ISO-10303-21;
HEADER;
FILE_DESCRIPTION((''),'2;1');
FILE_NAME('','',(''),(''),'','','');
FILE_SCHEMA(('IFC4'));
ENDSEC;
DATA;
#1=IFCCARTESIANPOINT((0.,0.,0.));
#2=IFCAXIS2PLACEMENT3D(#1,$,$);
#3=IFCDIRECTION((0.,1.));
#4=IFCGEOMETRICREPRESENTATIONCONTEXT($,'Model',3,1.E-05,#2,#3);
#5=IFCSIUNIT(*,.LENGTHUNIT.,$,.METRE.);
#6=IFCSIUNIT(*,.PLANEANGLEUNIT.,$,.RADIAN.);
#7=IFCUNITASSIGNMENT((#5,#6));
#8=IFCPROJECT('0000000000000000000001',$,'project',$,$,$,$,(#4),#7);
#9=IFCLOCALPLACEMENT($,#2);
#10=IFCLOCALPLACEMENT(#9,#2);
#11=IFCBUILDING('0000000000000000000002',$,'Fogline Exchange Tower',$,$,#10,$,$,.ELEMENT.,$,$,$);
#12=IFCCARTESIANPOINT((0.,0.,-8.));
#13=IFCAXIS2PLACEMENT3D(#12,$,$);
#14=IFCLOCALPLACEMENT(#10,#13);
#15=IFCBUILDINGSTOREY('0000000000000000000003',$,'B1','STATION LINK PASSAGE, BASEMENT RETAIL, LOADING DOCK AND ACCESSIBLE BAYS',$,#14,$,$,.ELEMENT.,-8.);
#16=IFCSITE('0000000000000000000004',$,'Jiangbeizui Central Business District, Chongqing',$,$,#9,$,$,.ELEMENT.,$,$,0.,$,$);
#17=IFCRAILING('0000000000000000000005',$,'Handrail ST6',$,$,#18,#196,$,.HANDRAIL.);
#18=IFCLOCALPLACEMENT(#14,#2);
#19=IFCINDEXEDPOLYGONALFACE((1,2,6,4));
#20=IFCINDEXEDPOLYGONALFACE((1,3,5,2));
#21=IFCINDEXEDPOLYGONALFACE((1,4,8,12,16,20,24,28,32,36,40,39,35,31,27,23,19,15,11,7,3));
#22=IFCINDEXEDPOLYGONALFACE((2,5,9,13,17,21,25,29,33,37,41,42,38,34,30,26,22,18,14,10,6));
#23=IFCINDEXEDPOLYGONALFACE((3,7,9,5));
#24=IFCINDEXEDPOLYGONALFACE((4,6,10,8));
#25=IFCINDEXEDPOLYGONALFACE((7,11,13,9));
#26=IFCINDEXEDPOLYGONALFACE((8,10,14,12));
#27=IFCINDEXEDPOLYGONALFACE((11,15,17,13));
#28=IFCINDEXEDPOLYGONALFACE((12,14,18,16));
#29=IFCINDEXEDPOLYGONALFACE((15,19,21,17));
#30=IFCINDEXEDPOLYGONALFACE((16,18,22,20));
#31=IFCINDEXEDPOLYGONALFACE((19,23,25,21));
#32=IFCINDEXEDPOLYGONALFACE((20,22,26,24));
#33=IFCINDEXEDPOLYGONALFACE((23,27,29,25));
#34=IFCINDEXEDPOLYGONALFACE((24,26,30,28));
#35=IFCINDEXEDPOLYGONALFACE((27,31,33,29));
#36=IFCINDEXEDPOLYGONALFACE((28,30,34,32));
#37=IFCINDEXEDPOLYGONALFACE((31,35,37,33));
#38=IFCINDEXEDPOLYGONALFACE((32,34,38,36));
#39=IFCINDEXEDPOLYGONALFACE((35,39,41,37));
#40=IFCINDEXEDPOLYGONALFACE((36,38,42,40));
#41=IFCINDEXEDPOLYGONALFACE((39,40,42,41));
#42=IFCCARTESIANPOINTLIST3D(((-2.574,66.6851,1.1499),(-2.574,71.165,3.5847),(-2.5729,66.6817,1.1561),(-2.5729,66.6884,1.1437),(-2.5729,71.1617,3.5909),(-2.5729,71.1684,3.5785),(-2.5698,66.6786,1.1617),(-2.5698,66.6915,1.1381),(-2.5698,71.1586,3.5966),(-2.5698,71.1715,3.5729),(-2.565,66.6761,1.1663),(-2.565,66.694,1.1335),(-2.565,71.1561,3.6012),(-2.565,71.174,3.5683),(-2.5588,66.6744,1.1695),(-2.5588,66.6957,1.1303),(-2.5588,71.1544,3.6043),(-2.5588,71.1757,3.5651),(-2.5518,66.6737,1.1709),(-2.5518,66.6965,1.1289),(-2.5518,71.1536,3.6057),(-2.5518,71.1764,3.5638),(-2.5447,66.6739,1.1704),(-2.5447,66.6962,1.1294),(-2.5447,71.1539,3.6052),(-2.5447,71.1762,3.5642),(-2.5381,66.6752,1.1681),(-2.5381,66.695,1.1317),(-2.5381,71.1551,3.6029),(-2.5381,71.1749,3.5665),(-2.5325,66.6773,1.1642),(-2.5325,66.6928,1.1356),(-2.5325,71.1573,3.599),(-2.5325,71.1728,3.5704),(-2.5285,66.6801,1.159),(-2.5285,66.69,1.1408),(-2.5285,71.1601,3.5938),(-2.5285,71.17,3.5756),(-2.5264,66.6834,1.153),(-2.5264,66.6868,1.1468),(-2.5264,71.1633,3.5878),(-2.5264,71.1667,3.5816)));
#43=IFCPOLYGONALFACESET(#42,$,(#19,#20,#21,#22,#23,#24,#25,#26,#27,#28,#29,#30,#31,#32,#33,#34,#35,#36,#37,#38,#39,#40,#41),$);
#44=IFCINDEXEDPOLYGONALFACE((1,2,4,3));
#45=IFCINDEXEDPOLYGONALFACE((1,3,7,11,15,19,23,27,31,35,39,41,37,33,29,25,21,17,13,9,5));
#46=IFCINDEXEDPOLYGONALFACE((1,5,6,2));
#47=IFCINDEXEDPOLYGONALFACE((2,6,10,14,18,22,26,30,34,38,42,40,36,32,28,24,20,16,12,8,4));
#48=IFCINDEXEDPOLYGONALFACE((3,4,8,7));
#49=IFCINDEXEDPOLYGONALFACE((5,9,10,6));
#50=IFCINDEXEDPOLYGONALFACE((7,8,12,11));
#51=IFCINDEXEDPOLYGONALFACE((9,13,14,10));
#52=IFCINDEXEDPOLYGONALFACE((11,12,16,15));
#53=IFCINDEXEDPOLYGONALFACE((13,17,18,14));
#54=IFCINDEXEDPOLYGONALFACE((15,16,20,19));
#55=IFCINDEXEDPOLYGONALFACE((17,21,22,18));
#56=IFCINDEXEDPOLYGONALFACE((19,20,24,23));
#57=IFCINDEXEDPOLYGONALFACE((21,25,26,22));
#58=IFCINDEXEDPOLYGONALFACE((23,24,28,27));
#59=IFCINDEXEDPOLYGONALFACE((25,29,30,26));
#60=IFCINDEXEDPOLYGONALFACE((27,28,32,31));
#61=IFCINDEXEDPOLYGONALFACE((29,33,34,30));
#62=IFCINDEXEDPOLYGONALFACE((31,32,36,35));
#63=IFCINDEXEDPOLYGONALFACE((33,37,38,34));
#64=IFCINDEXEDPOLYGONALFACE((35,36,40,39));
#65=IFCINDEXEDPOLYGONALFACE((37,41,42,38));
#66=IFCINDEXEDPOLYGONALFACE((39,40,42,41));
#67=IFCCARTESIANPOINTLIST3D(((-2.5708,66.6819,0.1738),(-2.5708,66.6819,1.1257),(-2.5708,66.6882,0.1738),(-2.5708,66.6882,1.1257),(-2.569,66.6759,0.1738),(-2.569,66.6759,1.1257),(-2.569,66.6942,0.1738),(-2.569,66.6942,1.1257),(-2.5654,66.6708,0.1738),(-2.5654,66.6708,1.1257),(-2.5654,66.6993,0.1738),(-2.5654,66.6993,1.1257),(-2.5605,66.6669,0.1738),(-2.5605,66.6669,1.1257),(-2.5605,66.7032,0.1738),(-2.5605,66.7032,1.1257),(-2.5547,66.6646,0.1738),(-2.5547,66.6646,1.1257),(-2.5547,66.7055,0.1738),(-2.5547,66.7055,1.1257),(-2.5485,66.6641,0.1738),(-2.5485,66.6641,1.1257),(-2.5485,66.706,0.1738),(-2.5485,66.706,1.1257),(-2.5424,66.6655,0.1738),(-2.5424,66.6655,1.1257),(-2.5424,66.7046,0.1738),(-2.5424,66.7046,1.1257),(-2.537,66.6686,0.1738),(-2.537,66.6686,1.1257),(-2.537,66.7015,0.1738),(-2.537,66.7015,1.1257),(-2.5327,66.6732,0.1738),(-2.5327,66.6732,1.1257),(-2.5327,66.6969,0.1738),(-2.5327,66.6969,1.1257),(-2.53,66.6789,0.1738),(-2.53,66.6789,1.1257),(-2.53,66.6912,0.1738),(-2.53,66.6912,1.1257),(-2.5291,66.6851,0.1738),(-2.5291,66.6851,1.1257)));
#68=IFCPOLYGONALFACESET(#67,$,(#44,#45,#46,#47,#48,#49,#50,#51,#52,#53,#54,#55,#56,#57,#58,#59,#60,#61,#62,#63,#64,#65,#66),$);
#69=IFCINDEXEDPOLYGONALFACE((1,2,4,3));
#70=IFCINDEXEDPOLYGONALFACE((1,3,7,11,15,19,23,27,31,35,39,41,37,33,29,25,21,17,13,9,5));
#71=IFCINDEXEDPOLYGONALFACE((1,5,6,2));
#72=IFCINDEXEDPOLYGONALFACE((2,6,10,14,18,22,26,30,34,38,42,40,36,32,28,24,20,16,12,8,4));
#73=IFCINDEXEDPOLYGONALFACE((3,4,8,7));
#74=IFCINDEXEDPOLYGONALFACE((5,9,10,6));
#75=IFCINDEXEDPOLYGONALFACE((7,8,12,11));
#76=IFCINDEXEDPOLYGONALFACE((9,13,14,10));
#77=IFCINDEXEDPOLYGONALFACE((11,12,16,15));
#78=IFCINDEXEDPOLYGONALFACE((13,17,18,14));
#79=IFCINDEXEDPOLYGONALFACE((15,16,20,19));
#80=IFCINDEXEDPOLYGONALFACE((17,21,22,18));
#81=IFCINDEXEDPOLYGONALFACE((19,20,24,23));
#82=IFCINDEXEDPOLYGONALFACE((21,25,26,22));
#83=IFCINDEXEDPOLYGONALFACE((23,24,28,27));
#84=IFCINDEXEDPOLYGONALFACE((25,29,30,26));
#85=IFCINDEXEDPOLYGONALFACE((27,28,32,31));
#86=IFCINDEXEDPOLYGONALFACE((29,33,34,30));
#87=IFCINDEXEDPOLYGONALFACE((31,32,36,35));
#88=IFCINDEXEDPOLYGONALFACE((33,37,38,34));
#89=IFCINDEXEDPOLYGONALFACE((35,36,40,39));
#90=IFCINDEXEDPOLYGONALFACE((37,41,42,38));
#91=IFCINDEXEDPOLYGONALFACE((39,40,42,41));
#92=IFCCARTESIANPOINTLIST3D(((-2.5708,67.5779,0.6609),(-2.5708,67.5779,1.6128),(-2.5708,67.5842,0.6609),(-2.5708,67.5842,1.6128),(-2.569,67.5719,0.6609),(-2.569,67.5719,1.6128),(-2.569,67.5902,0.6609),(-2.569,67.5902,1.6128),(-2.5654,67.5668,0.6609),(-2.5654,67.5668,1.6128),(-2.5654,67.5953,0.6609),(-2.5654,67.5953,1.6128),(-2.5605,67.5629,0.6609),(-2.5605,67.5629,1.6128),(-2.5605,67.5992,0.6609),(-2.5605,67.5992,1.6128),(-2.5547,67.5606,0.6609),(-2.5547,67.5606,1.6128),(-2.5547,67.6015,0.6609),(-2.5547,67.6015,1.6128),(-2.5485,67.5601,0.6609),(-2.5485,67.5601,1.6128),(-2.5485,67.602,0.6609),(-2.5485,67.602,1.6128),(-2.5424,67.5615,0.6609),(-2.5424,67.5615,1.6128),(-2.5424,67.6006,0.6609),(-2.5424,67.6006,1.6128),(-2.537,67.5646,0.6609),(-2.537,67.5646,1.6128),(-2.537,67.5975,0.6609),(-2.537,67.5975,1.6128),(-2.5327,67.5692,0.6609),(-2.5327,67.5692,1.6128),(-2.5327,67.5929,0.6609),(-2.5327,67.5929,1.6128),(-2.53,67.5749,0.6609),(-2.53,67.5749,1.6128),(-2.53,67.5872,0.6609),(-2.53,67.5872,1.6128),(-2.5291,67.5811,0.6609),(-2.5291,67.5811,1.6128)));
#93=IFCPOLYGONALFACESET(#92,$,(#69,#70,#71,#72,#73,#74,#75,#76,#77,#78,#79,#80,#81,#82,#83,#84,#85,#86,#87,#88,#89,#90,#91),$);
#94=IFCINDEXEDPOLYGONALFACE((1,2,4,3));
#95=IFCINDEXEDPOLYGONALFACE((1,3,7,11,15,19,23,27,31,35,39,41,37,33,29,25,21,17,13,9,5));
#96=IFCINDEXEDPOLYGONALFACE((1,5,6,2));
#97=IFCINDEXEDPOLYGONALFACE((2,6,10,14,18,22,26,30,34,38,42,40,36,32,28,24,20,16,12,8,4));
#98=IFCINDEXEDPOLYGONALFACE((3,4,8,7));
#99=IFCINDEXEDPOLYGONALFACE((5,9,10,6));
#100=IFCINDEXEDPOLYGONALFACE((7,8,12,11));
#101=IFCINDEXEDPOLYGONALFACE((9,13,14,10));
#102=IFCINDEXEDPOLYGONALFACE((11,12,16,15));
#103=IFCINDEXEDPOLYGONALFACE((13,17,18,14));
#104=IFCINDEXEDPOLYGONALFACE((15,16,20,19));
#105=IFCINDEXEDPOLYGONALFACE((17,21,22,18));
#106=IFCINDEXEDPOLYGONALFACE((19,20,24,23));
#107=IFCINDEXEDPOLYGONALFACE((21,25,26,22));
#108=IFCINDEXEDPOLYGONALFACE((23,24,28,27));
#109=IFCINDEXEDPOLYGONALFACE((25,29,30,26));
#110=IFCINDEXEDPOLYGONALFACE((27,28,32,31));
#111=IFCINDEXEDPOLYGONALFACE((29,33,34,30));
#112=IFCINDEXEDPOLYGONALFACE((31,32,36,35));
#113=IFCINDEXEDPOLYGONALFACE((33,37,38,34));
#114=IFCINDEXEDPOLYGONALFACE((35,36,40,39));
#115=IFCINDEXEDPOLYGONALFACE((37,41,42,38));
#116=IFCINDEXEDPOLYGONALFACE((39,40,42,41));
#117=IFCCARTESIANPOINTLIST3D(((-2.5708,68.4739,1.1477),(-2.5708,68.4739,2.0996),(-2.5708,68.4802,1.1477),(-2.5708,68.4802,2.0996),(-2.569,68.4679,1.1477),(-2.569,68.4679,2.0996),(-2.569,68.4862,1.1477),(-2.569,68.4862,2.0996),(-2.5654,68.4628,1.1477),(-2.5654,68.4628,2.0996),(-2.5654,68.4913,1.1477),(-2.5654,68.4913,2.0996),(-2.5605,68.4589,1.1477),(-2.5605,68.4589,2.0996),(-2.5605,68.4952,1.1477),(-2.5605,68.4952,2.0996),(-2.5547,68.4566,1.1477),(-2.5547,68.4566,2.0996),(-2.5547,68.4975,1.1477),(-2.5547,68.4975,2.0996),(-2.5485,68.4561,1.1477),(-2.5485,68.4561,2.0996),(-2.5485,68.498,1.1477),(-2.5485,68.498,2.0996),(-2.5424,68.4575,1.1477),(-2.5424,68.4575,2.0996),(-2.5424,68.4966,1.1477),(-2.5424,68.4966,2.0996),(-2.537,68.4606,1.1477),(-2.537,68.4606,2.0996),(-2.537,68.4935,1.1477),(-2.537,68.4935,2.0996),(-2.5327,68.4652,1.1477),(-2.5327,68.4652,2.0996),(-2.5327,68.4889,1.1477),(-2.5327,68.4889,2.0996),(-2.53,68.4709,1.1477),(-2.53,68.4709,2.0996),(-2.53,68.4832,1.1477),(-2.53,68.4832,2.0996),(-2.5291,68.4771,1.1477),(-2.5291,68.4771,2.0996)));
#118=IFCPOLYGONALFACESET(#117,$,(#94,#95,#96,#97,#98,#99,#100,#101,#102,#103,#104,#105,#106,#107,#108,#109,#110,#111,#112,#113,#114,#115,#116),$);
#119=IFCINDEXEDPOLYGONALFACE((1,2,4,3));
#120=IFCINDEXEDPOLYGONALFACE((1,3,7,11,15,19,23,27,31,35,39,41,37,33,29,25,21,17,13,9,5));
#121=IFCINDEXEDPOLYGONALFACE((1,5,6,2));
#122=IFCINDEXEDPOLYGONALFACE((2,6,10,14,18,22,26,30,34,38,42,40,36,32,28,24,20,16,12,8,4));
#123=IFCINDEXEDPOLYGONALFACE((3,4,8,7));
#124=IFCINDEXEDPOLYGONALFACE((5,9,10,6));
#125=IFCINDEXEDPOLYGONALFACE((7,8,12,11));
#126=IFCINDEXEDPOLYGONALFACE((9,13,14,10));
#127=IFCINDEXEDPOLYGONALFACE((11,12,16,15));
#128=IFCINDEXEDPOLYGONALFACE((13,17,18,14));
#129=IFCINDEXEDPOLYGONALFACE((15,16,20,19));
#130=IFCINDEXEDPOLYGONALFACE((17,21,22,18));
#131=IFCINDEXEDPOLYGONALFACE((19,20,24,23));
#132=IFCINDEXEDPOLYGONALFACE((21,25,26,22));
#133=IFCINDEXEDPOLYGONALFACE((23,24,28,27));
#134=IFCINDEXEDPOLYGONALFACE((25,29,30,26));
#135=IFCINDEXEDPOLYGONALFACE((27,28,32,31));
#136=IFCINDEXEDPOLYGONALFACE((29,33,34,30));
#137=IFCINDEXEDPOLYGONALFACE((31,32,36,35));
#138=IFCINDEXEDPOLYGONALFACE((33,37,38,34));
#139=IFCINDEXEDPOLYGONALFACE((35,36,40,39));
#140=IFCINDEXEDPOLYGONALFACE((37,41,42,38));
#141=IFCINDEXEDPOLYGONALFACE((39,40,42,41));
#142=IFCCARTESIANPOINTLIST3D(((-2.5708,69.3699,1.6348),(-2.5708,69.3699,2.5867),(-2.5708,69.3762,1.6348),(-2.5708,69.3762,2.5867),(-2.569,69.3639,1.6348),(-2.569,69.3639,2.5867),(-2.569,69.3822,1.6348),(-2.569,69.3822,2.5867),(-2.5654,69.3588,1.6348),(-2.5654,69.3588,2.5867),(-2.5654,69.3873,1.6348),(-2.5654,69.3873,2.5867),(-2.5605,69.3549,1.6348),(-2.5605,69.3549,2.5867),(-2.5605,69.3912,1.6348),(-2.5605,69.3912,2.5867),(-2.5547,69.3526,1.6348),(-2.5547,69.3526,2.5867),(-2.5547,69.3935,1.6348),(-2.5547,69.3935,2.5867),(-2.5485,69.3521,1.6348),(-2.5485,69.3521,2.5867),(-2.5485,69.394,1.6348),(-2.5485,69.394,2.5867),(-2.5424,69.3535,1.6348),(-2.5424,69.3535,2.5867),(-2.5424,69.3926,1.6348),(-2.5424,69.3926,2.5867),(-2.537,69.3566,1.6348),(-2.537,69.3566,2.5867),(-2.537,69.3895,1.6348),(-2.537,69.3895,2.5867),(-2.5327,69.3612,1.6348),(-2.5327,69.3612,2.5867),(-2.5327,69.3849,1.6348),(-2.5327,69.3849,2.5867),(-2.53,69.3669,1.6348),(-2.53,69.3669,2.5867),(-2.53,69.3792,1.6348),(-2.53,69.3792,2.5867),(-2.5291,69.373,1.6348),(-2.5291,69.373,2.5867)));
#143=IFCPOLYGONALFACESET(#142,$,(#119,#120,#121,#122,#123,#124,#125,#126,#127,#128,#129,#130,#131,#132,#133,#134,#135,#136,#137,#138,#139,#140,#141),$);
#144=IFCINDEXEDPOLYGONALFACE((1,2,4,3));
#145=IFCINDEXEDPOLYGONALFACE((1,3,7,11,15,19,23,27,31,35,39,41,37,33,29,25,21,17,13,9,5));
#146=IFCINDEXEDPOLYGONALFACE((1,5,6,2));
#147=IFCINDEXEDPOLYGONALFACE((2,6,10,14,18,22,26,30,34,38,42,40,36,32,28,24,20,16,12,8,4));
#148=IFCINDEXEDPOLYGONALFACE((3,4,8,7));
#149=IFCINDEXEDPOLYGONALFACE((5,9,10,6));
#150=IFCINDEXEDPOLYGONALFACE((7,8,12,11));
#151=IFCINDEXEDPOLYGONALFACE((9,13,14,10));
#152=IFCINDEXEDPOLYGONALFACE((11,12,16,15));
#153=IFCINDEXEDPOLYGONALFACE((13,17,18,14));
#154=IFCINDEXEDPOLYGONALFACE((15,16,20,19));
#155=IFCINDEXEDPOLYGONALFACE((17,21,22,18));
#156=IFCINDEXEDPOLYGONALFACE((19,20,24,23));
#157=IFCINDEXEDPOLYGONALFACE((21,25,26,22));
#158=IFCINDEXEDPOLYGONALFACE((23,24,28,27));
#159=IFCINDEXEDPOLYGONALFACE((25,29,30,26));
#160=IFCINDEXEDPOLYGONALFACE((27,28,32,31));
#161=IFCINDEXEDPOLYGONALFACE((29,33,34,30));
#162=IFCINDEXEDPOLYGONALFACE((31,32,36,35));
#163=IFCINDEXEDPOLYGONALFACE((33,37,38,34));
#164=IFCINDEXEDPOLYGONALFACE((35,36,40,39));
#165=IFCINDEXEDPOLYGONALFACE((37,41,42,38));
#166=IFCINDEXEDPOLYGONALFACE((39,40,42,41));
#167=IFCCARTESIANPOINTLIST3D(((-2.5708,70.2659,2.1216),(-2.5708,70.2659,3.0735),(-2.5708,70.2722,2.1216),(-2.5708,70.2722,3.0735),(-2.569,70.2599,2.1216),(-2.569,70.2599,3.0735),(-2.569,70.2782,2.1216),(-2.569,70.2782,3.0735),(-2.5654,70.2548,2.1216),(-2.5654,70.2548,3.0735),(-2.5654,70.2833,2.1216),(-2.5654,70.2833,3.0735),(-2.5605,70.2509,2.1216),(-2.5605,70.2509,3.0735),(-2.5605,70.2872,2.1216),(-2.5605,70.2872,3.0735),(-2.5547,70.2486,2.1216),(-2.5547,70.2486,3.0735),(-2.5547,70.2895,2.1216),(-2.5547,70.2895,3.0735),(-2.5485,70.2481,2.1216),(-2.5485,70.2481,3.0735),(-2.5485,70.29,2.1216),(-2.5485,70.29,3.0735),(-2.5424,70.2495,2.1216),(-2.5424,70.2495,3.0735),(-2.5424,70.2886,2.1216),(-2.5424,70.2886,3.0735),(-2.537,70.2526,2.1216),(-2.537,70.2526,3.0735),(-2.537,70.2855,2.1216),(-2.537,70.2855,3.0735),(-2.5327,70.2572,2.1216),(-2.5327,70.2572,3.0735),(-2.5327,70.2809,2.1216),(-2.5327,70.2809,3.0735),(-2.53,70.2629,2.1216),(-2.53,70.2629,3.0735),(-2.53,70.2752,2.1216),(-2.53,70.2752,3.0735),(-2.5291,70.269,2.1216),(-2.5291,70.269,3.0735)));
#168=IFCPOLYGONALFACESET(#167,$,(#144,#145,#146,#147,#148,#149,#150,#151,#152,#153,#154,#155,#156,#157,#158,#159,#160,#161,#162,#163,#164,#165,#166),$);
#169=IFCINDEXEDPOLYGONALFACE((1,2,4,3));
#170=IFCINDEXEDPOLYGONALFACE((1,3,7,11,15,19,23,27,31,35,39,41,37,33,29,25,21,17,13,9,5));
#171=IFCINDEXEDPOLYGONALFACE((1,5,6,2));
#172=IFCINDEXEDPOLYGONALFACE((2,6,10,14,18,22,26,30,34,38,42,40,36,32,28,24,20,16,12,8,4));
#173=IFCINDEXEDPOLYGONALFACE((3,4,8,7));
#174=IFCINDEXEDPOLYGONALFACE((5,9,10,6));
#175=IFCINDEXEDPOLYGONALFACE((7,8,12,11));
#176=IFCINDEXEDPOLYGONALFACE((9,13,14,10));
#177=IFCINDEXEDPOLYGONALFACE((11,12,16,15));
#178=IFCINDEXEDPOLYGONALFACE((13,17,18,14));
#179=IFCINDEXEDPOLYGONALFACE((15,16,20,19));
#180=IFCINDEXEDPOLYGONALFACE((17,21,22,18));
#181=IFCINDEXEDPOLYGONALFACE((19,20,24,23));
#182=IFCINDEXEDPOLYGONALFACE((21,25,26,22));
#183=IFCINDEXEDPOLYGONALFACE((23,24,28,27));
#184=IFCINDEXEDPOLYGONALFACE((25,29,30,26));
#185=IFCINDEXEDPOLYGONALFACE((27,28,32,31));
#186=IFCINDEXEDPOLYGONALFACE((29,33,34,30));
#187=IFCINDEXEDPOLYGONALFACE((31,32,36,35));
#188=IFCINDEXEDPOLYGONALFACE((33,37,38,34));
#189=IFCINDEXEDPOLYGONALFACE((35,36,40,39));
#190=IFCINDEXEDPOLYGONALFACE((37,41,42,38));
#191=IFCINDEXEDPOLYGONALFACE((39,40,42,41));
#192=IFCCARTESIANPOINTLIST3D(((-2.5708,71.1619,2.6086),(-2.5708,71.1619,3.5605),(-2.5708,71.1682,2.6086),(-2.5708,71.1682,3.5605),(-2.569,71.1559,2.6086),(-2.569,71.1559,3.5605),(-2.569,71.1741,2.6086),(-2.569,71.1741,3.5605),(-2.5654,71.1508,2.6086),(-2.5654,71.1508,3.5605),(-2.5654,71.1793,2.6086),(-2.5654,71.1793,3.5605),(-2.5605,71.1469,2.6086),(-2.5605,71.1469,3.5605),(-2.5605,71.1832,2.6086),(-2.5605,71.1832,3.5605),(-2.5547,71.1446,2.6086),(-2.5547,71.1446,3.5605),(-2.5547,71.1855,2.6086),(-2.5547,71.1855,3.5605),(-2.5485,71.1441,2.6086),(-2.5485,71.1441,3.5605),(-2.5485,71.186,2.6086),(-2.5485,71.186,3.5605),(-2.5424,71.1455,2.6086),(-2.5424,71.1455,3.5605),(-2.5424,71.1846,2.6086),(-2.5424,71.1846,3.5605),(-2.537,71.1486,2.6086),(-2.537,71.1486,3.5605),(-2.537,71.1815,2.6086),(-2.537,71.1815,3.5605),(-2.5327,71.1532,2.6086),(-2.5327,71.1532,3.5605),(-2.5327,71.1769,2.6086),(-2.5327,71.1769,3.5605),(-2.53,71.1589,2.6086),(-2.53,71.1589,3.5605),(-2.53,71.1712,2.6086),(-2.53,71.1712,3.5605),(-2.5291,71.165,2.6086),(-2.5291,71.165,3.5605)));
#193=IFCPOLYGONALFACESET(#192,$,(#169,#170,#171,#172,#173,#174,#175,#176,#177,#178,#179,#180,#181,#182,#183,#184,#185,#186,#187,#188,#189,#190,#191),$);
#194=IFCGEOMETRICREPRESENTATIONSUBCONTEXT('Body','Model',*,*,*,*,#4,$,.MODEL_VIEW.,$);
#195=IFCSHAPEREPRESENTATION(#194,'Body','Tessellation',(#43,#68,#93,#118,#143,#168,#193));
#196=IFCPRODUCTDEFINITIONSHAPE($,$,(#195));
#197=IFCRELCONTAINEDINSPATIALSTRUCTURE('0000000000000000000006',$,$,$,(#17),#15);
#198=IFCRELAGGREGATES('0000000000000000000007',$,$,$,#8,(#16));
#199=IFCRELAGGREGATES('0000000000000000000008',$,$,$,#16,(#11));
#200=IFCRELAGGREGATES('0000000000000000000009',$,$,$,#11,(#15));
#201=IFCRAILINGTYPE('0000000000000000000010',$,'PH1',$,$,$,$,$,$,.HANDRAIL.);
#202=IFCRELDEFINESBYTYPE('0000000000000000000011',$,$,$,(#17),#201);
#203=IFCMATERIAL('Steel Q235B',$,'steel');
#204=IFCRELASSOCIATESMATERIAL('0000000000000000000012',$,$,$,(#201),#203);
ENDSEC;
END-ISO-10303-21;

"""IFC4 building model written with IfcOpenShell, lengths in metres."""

from ifc_helpers import new_model, si_unit, direction, frame, origin, origin_2d, place, context, subcontext, project, spatial, circle, extrude, material, type_object, element, save


model = new_model("IFC4")

# Units and contexts
model_context = context("Model", 3, precision=1e-05, world=origin(), true_north=direction((0.0, 1.0)))
body_context = subcontext(model_context, "Body", "Model", "MODEL_VIEW")
ifc_project = project(units=[si_unit("LENGTHUNIT", "METRE"), si_unit("PLANEANGLEUNIT", "RADIAN")], contexts=[model_context])

# Site, building, storey
site_placement = place(None, origin())
site = spatial("IfcSite", under=ifc_project, at=site_placement, Name="Jiangbeizui Central Business District, Chongqing", CompositionType="ELEMENT", RefElevation=0.0)
building_placement = place(site_placement, origin())
building = spatial("IfcBuilding", under=site, at=building_placement, Name="Fogline Exchange Tower", CompositionType="ELEMENT")
storey_placement = place(building_placement, frame((0.0, 0.0, -8.0)))
storey = spatial("IfcBuildingStorey", under=building, at=storey_placement, Name="B1", Description="STATION LINK PASSAGE, BASEMENT RETAIL, LOADING DOCK AND ACCESSIBLE BAYS", CompositionType="ELEMENT", Elevation=-8.0)

# Railing
ifc_material_1 = material(Name="Steel Q235B", Category="steel")
railing_type_1 = type_object("IfcRailingType", Name="PH1", PredefinedType="HANDRAIL", material=ifc_material_1)
for number, where, name in (
    (1, (-2.55, 66.6851, 0.1738), "Handrail ST6"),
):
    element("IfcRailing", number, at=place(storey_placement, frame(where)), inside=storey, type_object=railing_type_1, Name=name, PredefinedType="HANDRAIL", context=body_context, shape_type="SweptSolid", body=[
        extrude(circle(Radius=0.0239, at=origin_2d()), frame((0.0, 0.0, 0.9761), z_axis=(0.0, 0.878621, 0.47752), x_axis=(-1.0, 0.0, 0.0)), (0.0, 0.0, 1.0), 5.0989),
        extrude(circle(Radius=0.021, at=origin_2d()), origin(), (0.0, 0.0, 1.0), 0.9519),
        extrude(circle(Radius=0.021, at=origin_2d()), frame((0.0, 0.896, 0.4871)), (0.0, 0.0, 1.0), 0.9519),
        extrude(circle(Radius=0.021, at=origin_2d()), frame((0.0, 1.792, 0.9739)), (0.0, 0.0, 1.0), 0.9519),
        extrude(circle(Radius=0.021, at=origin_2d()), frame((0.0, 2.688, 1.4609)), (0.0, 0.0, 1.0), 0.9519),
        extrude(circle(Radius=0.021, at=origin_2d()), frame((0.0, 3.584, 1.9478)), (0.0, 0.0, 1.0), 0.9519),
        extrude(circle(Radius=0.021, at=origin_2d()), frame((0.0, 4.48, 2.4348)), (0.0, 0.0, 1.0), 0.9519),
    ])

save(model, "model.ifc")
